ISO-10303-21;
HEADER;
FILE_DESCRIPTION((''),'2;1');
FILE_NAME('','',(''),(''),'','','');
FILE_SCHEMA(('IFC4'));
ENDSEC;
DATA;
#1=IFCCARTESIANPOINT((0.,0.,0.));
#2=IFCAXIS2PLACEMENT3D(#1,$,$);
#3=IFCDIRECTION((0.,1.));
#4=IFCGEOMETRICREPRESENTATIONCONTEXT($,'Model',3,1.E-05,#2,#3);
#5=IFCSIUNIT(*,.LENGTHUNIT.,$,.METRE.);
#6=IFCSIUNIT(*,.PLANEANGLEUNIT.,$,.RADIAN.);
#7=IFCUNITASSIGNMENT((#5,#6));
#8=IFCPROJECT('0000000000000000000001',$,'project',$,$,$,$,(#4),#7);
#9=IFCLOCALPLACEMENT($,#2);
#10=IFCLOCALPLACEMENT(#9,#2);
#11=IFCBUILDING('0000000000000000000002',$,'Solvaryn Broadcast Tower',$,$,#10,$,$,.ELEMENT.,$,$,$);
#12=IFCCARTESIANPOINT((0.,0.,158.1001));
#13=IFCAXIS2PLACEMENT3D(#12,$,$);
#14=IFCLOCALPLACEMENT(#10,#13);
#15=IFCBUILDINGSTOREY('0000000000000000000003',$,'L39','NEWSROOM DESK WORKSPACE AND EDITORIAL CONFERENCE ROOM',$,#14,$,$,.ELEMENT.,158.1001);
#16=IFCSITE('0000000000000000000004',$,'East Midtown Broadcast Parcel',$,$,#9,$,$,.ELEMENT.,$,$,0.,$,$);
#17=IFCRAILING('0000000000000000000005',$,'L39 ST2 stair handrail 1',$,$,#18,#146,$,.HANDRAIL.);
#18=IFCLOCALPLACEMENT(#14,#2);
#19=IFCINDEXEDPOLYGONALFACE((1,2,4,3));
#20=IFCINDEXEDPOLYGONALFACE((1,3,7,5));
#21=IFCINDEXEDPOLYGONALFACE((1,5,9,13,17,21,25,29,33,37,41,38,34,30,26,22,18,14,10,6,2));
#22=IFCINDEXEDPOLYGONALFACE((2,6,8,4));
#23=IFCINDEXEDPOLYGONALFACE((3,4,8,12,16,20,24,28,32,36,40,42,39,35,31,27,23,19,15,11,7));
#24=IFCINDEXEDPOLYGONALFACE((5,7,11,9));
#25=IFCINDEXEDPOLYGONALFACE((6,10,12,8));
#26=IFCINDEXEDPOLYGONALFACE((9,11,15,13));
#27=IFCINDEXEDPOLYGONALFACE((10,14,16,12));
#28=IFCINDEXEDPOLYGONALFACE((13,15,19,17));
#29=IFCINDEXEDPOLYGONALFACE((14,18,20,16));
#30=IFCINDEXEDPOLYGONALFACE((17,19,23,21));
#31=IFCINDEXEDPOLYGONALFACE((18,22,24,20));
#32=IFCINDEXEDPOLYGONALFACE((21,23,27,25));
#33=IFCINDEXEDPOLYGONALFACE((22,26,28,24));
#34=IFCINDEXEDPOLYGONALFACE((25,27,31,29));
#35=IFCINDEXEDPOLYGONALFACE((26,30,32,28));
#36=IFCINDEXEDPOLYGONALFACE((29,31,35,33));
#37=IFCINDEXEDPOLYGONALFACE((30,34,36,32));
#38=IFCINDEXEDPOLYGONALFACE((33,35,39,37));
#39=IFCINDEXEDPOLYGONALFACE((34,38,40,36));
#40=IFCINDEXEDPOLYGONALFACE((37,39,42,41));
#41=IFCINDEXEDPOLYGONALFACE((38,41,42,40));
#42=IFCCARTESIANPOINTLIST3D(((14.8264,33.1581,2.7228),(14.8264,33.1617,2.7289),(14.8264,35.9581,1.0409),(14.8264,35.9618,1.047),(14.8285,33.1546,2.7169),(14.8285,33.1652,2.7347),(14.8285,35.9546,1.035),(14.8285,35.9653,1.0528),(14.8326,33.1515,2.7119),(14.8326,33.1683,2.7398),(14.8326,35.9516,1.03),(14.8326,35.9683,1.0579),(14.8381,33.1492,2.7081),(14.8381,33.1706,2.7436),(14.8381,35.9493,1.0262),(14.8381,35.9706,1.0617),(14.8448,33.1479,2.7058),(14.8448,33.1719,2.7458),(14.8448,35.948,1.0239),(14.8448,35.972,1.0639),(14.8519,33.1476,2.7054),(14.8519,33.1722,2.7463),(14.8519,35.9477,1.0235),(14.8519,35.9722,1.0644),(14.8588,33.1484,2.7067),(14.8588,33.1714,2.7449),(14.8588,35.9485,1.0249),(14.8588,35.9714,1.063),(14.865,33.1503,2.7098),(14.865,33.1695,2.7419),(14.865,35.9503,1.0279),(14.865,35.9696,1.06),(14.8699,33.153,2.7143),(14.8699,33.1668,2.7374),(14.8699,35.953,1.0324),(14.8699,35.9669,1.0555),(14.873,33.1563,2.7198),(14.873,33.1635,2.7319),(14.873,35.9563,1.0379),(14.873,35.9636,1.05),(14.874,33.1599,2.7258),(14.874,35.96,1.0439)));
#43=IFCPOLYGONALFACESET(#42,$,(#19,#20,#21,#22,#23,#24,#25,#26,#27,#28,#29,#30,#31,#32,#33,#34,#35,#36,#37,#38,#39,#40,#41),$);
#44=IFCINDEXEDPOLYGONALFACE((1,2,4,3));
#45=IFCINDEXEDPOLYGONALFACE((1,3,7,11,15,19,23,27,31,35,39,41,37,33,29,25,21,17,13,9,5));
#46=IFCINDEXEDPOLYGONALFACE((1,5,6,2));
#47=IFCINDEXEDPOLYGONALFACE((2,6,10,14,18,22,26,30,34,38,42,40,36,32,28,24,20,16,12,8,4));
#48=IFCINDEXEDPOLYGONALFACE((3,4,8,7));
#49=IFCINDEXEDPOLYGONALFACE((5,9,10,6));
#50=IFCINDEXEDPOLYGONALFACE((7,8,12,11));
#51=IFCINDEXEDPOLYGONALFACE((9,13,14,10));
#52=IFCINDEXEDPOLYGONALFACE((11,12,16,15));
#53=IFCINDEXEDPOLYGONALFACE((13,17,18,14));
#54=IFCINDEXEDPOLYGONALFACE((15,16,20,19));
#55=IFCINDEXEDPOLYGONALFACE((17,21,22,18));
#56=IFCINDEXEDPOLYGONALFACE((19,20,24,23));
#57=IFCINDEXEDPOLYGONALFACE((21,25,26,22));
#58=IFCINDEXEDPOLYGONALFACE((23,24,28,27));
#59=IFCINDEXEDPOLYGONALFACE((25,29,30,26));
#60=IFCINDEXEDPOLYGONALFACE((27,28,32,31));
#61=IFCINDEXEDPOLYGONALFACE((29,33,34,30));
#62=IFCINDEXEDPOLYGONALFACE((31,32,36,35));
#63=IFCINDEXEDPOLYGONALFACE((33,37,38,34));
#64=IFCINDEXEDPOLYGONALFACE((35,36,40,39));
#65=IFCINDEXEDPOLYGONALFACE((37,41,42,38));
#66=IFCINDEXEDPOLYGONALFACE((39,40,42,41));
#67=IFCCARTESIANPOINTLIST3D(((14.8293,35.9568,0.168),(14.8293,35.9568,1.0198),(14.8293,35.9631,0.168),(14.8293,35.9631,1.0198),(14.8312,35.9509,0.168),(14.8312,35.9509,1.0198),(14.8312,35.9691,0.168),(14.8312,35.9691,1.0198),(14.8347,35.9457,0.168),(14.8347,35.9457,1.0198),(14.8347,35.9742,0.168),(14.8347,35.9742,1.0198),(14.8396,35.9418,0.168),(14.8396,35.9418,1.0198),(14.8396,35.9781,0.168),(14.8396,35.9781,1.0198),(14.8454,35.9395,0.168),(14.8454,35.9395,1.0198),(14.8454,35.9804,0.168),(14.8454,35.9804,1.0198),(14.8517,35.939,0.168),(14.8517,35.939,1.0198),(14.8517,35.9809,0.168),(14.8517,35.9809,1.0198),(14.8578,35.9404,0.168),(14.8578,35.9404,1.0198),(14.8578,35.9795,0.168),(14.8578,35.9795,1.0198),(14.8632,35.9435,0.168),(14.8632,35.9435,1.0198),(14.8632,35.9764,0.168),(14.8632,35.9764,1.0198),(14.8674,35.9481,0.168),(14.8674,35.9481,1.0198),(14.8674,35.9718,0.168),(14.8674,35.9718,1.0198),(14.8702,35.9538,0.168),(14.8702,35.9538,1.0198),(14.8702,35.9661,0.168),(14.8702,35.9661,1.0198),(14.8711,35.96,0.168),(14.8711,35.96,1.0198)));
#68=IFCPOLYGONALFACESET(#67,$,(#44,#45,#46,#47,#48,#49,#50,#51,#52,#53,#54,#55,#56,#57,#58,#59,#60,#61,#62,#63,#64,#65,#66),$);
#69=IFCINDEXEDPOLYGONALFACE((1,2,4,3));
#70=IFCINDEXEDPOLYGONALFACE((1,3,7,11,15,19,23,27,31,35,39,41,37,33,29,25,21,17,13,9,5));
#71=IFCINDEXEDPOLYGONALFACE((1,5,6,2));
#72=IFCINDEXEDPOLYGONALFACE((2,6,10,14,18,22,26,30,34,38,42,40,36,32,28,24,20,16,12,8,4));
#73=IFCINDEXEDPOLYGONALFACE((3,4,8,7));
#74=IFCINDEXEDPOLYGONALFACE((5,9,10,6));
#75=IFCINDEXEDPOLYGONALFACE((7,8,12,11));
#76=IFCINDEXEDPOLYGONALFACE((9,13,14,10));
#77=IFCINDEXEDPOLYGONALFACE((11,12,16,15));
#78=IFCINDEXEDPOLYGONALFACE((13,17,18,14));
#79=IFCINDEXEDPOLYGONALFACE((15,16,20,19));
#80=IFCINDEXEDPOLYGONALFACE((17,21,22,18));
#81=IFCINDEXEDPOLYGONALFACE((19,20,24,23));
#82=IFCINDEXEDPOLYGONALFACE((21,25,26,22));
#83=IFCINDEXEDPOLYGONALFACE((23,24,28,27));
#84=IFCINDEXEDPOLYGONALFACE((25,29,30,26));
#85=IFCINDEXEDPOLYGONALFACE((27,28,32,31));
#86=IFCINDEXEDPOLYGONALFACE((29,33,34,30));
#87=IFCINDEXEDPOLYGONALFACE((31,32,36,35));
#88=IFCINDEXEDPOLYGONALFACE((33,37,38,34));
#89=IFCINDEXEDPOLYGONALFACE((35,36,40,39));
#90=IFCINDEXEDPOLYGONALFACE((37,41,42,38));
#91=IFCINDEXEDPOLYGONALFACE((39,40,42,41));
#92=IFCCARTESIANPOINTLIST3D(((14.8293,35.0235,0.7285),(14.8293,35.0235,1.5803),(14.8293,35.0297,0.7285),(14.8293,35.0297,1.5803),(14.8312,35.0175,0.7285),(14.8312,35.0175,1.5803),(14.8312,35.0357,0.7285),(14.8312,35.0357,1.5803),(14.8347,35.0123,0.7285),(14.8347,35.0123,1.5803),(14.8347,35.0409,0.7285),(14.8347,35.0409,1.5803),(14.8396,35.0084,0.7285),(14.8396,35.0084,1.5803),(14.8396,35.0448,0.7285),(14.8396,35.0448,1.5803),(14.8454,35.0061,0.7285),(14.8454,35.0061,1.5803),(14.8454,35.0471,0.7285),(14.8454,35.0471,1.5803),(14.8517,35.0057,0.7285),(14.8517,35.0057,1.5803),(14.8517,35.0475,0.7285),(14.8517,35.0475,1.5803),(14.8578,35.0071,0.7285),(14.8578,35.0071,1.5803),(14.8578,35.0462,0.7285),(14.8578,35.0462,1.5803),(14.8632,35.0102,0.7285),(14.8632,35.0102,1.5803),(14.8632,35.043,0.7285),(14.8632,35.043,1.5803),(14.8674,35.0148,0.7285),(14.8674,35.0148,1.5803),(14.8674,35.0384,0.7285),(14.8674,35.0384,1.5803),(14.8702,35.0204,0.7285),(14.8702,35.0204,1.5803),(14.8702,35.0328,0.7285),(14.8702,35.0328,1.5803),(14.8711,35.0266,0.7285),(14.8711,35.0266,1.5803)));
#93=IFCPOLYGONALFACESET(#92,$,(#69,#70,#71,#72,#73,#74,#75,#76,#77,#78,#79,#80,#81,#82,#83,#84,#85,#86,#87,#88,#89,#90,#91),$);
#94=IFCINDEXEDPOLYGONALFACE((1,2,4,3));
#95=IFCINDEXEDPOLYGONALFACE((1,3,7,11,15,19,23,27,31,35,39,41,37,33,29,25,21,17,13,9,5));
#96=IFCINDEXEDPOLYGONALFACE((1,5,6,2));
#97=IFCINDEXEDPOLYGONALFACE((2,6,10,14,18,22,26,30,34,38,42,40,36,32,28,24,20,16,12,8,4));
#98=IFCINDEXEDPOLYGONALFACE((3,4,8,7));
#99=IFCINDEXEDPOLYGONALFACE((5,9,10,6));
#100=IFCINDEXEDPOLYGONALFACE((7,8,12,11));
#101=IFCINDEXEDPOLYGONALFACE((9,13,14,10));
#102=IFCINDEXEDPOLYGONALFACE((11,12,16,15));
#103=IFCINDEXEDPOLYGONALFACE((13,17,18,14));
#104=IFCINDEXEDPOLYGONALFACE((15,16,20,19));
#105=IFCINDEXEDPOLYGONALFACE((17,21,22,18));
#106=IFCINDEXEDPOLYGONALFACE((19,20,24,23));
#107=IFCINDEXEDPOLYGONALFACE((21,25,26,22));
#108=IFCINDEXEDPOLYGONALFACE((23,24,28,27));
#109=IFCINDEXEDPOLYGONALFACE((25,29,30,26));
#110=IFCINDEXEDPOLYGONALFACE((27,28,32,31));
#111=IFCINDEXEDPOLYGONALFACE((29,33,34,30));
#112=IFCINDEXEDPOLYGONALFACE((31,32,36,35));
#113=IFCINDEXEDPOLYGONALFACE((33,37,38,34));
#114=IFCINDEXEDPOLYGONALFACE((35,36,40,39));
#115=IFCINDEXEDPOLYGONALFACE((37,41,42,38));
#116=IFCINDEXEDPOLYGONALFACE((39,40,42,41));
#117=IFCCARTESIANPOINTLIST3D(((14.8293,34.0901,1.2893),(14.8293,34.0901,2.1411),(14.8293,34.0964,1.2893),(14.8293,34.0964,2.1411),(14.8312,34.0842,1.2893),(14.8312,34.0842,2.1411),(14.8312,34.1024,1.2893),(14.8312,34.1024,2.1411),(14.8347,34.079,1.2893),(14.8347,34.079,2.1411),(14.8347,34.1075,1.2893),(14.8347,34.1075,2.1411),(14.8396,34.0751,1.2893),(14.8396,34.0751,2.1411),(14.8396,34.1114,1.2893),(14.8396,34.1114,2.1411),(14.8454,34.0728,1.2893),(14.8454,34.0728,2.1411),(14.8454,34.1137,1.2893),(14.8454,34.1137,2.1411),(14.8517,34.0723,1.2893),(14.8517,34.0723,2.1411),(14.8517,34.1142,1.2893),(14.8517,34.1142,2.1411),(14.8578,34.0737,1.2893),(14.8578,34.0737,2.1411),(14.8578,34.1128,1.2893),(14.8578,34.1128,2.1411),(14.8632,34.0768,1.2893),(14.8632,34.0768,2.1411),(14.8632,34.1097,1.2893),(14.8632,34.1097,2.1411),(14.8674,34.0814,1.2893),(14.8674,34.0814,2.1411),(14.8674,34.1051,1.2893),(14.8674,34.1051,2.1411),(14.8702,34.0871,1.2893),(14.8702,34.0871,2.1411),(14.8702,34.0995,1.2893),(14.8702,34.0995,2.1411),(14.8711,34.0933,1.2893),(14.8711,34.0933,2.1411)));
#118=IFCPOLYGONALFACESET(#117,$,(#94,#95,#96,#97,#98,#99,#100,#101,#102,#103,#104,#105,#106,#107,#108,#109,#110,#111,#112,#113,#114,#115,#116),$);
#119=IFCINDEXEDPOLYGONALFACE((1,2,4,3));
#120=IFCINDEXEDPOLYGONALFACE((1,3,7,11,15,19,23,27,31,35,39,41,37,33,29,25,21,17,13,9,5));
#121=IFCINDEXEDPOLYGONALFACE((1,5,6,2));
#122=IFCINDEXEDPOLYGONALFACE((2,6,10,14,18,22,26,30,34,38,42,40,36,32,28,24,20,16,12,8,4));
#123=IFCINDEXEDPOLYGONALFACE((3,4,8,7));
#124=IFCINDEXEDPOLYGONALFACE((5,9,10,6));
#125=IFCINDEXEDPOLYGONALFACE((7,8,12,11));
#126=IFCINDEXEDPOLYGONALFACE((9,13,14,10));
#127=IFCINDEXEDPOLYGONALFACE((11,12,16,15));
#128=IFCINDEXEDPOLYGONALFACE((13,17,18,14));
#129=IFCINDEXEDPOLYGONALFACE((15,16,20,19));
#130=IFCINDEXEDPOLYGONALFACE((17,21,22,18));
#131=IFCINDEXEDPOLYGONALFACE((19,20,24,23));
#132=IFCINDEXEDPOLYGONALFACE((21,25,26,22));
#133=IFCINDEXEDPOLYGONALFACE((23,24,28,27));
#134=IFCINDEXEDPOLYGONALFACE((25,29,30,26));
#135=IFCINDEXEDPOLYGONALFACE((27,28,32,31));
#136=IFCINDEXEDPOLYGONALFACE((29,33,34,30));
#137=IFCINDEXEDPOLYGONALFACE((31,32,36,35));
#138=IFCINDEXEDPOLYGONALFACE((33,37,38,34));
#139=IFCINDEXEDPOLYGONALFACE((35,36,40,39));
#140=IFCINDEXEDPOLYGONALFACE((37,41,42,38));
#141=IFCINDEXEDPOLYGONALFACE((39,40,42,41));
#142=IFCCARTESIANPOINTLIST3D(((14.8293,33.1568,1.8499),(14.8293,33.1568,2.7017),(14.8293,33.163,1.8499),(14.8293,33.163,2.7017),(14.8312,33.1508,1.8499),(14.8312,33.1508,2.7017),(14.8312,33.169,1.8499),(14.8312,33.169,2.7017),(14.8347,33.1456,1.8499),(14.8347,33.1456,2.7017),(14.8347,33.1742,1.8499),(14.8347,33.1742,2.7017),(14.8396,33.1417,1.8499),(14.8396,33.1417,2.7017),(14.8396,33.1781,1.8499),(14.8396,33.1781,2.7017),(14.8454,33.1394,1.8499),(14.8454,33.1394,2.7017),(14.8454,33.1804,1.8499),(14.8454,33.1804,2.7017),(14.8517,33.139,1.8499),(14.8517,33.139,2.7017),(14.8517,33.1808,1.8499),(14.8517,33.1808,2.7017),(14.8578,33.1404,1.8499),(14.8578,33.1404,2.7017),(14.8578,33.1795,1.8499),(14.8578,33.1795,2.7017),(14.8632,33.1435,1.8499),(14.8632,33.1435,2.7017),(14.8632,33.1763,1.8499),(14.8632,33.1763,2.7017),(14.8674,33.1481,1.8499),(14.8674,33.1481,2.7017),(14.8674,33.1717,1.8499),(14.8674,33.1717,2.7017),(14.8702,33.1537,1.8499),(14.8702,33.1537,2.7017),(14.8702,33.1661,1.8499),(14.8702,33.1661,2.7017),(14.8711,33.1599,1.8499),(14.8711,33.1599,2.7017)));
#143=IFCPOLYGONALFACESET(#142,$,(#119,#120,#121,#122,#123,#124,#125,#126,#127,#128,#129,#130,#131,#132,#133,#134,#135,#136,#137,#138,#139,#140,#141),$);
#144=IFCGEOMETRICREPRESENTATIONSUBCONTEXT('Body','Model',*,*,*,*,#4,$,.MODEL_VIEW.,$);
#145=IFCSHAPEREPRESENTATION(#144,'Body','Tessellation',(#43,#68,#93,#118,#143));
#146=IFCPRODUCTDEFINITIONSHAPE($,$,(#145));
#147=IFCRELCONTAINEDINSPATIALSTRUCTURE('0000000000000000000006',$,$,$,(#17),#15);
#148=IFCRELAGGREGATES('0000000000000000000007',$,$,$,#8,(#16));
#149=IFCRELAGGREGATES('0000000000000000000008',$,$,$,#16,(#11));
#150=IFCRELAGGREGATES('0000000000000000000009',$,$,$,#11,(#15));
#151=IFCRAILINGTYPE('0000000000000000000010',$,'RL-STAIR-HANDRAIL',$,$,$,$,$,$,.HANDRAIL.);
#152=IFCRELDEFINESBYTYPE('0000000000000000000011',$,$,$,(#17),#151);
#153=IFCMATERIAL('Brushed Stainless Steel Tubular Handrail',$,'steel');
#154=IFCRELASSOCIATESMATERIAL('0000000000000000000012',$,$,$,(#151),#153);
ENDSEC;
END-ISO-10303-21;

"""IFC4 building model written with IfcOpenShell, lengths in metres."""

from ifc_helpers import new_model, si_unit, direction, frame, origin, origin_2d, place, context, subcontext, project, spatial, circle, extrude, material, type_object, element, save


model = new_model("IFC4")

# Units and contexts
model_context = context("Model", 3, precision=1e-05, world=origin(), true_north=direction((0.0, 1.0)))
body_context = subcontext(model_context, "Body", "Model", "MODEL_VIEW")
ifc_project = project(units=[si_unit("LENGTHUNIT", "METRE"), si_unit("PLANEANGLEUNIT", "RADIAN")], contexts=[model_context])

# Site, building, storey
site_placement = place(None, origin())
site = spatial("IfcSite", under=ifc_project, at=site_placement, Name="East Midtown Broadcast Parcel", CompositionType="ELEMENT", RefElevation=0.0)
building_placement = place(site_placement, origin())
building = spatial("IfcBuilding", under=site, at=building_placement, Name="Solvaryn Broadcast Tower", CompositionType="ELEMENT")
storey_placement = place(building_placement, frame((0.0, 0.0, 158.1001)))
storey = spatial("IfcBuildingStorey", under=building, at=storey_placement, Name="L39", Description="NEWSROOM DESK WORKSPACE AND EDITORIAL CONFERENCE ROOM", CompositionType="ELEMENT", Elevation=158.1001)

# Railing
ifc_material_1 = material(Name="Brushed Stainless Steel Tubular Handrail", Category="steel")
railing_type_1 = type_object("IfcRailingType", Name="RL-STAIR-HANDRAIL", PredefinedType="HANDRAIL", material=ifc_material_1)
railing_1_placement = place(storey_placement, frame((14.8501, 35.96, 0.168)))
element("IfcRailing", 1, at=railing_1_placement, inside=storey, type_object=railing_type_1, Name="L39 ST2 stair handrail 1", PredefinedType="HANDRAIL", context=body_context, shape_type="SweptSolid", body=[
    extrude(circle(Radius=0.0239, at=origin_2d()), frame((0.0, 0.0, 0.876), z_axis=(0.0, -0.857242, 0.514913), x_axis=(1.0, 0.0, 0.0)), (0.0, 0.0, 1.0), 3.2664),
    extrude(circle(Radius=0.021, at=origin_2d()), origin(), (0.0, 0.0, 1.0), 0.8518),
    extrude(circle(Radius=0.021, at=origin_2d()), frame((0.0, -0.9333, 0.5605)), (0.0, 0.0, 1.0), 0.8518),
    extrude(circle(Radius=0.021, at=origin_2d()), frame((0.0, -1.8667, 1.1213)), (0.0, 0.0, 1.0), 0.8518),
    extrude(circle(Radius=0.021, at=origin_2d()), frame((0.0, -2.8, 1.6819)), (0.0, 0.0, 1.0), 0.8518),
])

save(model, "model.ifc")
